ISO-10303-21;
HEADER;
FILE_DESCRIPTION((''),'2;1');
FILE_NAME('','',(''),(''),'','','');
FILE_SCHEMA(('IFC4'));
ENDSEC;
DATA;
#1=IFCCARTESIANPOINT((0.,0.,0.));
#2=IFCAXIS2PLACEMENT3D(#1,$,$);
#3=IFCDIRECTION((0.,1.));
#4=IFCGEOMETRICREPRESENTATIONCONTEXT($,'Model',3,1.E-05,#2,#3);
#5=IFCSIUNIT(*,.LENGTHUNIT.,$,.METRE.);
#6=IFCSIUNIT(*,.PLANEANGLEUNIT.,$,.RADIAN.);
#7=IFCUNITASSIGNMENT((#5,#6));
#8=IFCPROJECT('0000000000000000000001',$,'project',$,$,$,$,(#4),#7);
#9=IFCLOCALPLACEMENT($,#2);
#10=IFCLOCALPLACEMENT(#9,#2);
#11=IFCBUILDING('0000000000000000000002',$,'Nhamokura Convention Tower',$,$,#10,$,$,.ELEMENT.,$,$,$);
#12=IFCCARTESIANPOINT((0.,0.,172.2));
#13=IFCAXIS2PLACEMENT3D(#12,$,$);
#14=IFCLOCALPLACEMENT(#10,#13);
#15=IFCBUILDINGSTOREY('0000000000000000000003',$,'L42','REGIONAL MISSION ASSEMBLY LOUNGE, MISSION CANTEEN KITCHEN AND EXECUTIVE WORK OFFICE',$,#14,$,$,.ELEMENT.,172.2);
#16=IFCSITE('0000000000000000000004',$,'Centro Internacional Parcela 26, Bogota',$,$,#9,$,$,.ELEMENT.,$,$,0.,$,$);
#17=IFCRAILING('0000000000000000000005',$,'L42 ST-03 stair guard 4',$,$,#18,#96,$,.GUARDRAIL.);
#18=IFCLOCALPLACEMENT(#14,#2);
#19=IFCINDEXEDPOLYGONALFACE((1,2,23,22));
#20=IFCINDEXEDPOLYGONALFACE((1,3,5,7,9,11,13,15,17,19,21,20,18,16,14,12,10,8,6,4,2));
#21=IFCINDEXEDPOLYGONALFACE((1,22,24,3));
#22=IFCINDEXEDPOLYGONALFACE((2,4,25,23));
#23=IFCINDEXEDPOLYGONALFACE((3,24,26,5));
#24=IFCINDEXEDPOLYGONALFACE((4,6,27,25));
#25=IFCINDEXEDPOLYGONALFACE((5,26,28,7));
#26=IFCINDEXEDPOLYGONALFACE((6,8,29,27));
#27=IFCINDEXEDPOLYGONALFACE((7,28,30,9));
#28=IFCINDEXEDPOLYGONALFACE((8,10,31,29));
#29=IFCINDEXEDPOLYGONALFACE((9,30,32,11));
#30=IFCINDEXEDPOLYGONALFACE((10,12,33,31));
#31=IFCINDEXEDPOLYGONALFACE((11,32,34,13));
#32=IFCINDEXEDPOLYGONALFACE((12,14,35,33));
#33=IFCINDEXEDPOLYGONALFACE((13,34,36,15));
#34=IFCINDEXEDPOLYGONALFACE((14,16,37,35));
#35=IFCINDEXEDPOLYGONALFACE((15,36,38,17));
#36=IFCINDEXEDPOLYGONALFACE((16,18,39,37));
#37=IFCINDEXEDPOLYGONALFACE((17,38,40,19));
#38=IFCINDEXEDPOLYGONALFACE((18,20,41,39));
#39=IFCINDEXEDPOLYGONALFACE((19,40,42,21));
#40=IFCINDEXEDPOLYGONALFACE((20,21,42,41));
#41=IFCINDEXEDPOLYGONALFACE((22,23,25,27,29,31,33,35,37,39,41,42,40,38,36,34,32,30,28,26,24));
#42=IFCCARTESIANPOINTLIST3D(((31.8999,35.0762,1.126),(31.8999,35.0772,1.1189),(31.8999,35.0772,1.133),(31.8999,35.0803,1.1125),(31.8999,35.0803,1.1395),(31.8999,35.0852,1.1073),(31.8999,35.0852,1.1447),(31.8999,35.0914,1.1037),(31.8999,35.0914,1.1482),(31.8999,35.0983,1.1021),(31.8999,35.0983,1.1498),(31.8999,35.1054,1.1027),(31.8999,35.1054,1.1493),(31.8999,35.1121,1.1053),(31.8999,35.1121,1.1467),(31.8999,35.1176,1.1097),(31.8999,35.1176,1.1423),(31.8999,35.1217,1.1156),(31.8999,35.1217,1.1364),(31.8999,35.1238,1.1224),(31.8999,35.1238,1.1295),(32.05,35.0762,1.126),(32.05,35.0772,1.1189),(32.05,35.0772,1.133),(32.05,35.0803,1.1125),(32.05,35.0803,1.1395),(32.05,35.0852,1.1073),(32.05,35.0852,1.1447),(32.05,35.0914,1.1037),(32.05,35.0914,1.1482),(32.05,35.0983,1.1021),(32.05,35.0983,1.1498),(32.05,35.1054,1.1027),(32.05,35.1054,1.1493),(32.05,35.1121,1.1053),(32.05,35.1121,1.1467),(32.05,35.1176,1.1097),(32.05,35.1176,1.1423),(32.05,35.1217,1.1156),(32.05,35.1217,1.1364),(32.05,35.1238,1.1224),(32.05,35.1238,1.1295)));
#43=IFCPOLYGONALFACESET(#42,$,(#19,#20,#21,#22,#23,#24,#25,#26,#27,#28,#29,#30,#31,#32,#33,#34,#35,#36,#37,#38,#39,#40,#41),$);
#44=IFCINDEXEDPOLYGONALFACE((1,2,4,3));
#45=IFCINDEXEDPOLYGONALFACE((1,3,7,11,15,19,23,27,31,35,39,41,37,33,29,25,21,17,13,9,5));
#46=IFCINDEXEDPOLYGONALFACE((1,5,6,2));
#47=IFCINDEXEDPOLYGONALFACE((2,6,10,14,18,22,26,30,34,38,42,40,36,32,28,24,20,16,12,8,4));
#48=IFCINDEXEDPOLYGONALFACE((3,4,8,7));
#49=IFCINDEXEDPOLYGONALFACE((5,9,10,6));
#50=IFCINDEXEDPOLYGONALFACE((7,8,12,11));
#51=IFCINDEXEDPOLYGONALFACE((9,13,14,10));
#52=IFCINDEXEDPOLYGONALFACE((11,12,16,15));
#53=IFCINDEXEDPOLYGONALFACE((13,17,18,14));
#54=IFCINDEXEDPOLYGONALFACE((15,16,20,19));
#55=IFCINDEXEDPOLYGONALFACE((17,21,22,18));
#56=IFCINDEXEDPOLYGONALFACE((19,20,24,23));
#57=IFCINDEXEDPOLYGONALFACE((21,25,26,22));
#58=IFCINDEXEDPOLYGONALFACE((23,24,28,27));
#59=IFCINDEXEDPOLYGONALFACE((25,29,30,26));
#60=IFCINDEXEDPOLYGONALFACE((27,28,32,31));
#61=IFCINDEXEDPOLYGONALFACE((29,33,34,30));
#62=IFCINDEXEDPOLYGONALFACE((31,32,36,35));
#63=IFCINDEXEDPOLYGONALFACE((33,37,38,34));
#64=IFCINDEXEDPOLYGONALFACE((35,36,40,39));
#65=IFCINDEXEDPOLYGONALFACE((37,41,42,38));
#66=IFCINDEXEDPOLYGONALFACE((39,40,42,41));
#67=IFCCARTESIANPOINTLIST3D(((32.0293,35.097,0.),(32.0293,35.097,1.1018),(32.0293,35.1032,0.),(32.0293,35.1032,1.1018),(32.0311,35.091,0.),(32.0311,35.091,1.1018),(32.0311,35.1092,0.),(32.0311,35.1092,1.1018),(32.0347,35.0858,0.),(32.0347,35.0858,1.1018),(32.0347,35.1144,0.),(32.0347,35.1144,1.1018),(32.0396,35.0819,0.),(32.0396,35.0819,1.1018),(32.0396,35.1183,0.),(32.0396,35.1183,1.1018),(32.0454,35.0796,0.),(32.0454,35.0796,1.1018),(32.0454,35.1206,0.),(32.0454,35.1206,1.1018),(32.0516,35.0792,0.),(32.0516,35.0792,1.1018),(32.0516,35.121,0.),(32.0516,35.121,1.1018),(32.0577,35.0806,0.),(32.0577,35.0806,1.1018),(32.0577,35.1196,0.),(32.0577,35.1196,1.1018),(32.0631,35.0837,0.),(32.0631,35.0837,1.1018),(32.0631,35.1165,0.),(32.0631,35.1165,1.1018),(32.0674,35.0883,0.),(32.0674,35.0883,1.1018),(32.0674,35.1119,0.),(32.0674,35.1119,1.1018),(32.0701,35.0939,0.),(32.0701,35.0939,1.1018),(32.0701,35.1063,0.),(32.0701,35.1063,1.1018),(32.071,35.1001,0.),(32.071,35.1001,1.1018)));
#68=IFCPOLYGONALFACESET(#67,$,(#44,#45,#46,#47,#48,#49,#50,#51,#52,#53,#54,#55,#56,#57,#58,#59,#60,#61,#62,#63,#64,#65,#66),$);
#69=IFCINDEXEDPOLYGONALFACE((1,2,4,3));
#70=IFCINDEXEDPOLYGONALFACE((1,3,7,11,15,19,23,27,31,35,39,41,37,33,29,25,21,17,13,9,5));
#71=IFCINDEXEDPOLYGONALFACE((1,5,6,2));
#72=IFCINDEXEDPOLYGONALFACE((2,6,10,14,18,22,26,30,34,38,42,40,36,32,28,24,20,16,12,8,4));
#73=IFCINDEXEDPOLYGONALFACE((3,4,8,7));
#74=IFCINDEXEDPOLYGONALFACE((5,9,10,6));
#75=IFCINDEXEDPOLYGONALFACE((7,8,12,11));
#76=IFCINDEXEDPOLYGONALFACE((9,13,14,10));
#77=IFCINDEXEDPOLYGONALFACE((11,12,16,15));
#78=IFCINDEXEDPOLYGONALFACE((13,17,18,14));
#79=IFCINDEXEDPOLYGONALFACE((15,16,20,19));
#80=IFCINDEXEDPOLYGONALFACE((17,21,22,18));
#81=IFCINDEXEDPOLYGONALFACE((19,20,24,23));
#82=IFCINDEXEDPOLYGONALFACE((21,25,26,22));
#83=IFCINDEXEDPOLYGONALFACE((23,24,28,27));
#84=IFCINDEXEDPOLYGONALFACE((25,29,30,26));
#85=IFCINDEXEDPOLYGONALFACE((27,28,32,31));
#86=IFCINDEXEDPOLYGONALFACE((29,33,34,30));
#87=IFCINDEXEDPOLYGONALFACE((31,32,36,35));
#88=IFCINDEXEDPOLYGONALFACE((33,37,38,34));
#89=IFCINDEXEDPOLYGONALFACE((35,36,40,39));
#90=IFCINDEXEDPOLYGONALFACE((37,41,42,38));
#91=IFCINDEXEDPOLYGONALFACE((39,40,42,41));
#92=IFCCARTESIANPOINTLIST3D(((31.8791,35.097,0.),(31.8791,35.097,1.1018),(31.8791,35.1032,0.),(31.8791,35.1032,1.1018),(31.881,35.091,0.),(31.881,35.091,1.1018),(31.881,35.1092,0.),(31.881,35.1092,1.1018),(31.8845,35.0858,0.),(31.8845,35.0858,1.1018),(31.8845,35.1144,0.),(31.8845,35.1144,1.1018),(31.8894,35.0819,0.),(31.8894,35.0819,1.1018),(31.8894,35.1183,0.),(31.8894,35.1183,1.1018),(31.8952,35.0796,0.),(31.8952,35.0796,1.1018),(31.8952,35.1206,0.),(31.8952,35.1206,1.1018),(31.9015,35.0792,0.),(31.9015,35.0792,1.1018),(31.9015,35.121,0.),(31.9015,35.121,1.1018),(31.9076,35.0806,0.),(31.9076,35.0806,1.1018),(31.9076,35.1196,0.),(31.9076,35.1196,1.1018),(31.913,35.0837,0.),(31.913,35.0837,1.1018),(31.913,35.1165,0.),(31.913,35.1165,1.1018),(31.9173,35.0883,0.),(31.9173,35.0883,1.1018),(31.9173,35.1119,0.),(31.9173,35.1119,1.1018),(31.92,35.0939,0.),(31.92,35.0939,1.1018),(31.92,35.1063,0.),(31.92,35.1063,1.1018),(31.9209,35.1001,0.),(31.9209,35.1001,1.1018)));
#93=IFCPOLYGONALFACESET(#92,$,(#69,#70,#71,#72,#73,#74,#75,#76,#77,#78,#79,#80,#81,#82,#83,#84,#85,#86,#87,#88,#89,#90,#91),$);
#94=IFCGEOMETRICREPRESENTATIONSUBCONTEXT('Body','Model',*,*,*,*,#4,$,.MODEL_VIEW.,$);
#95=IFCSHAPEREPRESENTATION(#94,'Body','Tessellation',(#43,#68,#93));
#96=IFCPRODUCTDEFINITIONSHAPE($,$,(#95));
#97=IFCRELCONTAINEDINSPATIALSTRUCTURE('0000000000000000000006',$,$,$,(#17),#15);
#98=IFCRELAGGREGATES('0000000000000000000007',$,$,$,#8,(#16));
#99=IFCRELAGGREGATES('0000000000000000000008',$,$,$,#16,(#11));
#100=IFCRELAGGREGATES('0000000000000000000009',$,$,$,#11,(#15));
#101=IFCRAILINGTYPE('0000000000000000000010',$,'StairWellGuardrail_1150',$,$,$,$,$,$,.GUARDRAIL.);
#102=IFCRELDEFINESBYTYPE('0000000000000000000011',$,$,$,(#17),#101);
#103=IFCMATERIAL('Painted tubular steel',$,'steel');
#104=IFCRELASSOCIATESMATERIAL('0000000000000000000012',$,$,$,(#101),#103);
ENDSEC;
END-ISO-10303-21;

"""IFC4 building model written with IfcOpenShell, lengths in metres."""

from ifc_helpers import new_model, si_unit, direction, frame, origin, origin_2d, place, context, subcontext, project, spatial, circle, extrude, material, type_object, element, save


model = new_model("IFC4")

# Units and contexts
model_context = context("Model", 3, precision=1e-05, world=origin(), true_north=direction((0.0, 1.0)))
body_context = subcontext(model_context, "Body", "Model", "MODEL_VIEW")
ifc_project = project(units=[si_unit("LENGTHUNIT", "METRE"), si_unit("PLANEANGLEUNIT", "RADIAN")], contexts=[model_context])

# Site, building, storey
site_placement = place(None, origin())
site = spatial("IfcSite", under=ifc_project, at=site_placement, Name="Centro Internacional Parcela 26, Bogota", CompositionType="ELEMENT", RefElevation=0.0)
building_placement = place(site_placement, origin())
building = spatial("IfcBuilding", under=site, at=building_placement, Name="Nhamokura Convention Tower", CompositionType="ELEMENT")
storey_placement = place(building_placement, frame((0.0, 0.0, 172.2)))
storey = spatial("IfcBuildingStorey", under=building, at=storey_placement, Name="L42", Description="REGIONAL MISSION ASSEMBLY LOUNGE, MISSION CANTEEN KITCHEN AND EXECUTIVE WORK OFFICE", CompositionType="ELEMENT", Elevation=172.2)

# Railing
ifc_material_1 = material(Name="Painted tubular steel", Category="steel")
railing_type_1 = type_object("IfcRailingType", Name="StairWellGuardrail_1150", PredefinedType="GUARDRAIL", material=ifc_material_1)
railing_1_placement = place(storey_placement, frame((32.05, 35.1001, 0.0)))
element("IfcRailing", 1, at=railing_1_placement, inside=storey, type_object=railing_type_1, Name="L42 ST-03 stair guard 4", PredefinedType="GUARDRAIL", context=body_context, shape_type="SweptSolid", body=[
    extrude(circle(Radius=0.0239, at=origin_2d()), frame((0.0, 0.0, 1.126), z_axis=(-1.0, 0.0, 0.0), x_axis=(0.0, -1.0, 0.0)), (0.0, 0.0, 1.0), 0.1501),
    extrude(circle(Radius=0.021, at=origin_2d()), origin(), (0.0, 0.0, 1.0), 1.1018),
    extrude(circle(Radius=0.021, at=origin_2d()), frame((-0.1501, 0.0, 0.0)), (0.0, 0.0, 1.0), 1.1018),
])

save(model, "model.ifc")
